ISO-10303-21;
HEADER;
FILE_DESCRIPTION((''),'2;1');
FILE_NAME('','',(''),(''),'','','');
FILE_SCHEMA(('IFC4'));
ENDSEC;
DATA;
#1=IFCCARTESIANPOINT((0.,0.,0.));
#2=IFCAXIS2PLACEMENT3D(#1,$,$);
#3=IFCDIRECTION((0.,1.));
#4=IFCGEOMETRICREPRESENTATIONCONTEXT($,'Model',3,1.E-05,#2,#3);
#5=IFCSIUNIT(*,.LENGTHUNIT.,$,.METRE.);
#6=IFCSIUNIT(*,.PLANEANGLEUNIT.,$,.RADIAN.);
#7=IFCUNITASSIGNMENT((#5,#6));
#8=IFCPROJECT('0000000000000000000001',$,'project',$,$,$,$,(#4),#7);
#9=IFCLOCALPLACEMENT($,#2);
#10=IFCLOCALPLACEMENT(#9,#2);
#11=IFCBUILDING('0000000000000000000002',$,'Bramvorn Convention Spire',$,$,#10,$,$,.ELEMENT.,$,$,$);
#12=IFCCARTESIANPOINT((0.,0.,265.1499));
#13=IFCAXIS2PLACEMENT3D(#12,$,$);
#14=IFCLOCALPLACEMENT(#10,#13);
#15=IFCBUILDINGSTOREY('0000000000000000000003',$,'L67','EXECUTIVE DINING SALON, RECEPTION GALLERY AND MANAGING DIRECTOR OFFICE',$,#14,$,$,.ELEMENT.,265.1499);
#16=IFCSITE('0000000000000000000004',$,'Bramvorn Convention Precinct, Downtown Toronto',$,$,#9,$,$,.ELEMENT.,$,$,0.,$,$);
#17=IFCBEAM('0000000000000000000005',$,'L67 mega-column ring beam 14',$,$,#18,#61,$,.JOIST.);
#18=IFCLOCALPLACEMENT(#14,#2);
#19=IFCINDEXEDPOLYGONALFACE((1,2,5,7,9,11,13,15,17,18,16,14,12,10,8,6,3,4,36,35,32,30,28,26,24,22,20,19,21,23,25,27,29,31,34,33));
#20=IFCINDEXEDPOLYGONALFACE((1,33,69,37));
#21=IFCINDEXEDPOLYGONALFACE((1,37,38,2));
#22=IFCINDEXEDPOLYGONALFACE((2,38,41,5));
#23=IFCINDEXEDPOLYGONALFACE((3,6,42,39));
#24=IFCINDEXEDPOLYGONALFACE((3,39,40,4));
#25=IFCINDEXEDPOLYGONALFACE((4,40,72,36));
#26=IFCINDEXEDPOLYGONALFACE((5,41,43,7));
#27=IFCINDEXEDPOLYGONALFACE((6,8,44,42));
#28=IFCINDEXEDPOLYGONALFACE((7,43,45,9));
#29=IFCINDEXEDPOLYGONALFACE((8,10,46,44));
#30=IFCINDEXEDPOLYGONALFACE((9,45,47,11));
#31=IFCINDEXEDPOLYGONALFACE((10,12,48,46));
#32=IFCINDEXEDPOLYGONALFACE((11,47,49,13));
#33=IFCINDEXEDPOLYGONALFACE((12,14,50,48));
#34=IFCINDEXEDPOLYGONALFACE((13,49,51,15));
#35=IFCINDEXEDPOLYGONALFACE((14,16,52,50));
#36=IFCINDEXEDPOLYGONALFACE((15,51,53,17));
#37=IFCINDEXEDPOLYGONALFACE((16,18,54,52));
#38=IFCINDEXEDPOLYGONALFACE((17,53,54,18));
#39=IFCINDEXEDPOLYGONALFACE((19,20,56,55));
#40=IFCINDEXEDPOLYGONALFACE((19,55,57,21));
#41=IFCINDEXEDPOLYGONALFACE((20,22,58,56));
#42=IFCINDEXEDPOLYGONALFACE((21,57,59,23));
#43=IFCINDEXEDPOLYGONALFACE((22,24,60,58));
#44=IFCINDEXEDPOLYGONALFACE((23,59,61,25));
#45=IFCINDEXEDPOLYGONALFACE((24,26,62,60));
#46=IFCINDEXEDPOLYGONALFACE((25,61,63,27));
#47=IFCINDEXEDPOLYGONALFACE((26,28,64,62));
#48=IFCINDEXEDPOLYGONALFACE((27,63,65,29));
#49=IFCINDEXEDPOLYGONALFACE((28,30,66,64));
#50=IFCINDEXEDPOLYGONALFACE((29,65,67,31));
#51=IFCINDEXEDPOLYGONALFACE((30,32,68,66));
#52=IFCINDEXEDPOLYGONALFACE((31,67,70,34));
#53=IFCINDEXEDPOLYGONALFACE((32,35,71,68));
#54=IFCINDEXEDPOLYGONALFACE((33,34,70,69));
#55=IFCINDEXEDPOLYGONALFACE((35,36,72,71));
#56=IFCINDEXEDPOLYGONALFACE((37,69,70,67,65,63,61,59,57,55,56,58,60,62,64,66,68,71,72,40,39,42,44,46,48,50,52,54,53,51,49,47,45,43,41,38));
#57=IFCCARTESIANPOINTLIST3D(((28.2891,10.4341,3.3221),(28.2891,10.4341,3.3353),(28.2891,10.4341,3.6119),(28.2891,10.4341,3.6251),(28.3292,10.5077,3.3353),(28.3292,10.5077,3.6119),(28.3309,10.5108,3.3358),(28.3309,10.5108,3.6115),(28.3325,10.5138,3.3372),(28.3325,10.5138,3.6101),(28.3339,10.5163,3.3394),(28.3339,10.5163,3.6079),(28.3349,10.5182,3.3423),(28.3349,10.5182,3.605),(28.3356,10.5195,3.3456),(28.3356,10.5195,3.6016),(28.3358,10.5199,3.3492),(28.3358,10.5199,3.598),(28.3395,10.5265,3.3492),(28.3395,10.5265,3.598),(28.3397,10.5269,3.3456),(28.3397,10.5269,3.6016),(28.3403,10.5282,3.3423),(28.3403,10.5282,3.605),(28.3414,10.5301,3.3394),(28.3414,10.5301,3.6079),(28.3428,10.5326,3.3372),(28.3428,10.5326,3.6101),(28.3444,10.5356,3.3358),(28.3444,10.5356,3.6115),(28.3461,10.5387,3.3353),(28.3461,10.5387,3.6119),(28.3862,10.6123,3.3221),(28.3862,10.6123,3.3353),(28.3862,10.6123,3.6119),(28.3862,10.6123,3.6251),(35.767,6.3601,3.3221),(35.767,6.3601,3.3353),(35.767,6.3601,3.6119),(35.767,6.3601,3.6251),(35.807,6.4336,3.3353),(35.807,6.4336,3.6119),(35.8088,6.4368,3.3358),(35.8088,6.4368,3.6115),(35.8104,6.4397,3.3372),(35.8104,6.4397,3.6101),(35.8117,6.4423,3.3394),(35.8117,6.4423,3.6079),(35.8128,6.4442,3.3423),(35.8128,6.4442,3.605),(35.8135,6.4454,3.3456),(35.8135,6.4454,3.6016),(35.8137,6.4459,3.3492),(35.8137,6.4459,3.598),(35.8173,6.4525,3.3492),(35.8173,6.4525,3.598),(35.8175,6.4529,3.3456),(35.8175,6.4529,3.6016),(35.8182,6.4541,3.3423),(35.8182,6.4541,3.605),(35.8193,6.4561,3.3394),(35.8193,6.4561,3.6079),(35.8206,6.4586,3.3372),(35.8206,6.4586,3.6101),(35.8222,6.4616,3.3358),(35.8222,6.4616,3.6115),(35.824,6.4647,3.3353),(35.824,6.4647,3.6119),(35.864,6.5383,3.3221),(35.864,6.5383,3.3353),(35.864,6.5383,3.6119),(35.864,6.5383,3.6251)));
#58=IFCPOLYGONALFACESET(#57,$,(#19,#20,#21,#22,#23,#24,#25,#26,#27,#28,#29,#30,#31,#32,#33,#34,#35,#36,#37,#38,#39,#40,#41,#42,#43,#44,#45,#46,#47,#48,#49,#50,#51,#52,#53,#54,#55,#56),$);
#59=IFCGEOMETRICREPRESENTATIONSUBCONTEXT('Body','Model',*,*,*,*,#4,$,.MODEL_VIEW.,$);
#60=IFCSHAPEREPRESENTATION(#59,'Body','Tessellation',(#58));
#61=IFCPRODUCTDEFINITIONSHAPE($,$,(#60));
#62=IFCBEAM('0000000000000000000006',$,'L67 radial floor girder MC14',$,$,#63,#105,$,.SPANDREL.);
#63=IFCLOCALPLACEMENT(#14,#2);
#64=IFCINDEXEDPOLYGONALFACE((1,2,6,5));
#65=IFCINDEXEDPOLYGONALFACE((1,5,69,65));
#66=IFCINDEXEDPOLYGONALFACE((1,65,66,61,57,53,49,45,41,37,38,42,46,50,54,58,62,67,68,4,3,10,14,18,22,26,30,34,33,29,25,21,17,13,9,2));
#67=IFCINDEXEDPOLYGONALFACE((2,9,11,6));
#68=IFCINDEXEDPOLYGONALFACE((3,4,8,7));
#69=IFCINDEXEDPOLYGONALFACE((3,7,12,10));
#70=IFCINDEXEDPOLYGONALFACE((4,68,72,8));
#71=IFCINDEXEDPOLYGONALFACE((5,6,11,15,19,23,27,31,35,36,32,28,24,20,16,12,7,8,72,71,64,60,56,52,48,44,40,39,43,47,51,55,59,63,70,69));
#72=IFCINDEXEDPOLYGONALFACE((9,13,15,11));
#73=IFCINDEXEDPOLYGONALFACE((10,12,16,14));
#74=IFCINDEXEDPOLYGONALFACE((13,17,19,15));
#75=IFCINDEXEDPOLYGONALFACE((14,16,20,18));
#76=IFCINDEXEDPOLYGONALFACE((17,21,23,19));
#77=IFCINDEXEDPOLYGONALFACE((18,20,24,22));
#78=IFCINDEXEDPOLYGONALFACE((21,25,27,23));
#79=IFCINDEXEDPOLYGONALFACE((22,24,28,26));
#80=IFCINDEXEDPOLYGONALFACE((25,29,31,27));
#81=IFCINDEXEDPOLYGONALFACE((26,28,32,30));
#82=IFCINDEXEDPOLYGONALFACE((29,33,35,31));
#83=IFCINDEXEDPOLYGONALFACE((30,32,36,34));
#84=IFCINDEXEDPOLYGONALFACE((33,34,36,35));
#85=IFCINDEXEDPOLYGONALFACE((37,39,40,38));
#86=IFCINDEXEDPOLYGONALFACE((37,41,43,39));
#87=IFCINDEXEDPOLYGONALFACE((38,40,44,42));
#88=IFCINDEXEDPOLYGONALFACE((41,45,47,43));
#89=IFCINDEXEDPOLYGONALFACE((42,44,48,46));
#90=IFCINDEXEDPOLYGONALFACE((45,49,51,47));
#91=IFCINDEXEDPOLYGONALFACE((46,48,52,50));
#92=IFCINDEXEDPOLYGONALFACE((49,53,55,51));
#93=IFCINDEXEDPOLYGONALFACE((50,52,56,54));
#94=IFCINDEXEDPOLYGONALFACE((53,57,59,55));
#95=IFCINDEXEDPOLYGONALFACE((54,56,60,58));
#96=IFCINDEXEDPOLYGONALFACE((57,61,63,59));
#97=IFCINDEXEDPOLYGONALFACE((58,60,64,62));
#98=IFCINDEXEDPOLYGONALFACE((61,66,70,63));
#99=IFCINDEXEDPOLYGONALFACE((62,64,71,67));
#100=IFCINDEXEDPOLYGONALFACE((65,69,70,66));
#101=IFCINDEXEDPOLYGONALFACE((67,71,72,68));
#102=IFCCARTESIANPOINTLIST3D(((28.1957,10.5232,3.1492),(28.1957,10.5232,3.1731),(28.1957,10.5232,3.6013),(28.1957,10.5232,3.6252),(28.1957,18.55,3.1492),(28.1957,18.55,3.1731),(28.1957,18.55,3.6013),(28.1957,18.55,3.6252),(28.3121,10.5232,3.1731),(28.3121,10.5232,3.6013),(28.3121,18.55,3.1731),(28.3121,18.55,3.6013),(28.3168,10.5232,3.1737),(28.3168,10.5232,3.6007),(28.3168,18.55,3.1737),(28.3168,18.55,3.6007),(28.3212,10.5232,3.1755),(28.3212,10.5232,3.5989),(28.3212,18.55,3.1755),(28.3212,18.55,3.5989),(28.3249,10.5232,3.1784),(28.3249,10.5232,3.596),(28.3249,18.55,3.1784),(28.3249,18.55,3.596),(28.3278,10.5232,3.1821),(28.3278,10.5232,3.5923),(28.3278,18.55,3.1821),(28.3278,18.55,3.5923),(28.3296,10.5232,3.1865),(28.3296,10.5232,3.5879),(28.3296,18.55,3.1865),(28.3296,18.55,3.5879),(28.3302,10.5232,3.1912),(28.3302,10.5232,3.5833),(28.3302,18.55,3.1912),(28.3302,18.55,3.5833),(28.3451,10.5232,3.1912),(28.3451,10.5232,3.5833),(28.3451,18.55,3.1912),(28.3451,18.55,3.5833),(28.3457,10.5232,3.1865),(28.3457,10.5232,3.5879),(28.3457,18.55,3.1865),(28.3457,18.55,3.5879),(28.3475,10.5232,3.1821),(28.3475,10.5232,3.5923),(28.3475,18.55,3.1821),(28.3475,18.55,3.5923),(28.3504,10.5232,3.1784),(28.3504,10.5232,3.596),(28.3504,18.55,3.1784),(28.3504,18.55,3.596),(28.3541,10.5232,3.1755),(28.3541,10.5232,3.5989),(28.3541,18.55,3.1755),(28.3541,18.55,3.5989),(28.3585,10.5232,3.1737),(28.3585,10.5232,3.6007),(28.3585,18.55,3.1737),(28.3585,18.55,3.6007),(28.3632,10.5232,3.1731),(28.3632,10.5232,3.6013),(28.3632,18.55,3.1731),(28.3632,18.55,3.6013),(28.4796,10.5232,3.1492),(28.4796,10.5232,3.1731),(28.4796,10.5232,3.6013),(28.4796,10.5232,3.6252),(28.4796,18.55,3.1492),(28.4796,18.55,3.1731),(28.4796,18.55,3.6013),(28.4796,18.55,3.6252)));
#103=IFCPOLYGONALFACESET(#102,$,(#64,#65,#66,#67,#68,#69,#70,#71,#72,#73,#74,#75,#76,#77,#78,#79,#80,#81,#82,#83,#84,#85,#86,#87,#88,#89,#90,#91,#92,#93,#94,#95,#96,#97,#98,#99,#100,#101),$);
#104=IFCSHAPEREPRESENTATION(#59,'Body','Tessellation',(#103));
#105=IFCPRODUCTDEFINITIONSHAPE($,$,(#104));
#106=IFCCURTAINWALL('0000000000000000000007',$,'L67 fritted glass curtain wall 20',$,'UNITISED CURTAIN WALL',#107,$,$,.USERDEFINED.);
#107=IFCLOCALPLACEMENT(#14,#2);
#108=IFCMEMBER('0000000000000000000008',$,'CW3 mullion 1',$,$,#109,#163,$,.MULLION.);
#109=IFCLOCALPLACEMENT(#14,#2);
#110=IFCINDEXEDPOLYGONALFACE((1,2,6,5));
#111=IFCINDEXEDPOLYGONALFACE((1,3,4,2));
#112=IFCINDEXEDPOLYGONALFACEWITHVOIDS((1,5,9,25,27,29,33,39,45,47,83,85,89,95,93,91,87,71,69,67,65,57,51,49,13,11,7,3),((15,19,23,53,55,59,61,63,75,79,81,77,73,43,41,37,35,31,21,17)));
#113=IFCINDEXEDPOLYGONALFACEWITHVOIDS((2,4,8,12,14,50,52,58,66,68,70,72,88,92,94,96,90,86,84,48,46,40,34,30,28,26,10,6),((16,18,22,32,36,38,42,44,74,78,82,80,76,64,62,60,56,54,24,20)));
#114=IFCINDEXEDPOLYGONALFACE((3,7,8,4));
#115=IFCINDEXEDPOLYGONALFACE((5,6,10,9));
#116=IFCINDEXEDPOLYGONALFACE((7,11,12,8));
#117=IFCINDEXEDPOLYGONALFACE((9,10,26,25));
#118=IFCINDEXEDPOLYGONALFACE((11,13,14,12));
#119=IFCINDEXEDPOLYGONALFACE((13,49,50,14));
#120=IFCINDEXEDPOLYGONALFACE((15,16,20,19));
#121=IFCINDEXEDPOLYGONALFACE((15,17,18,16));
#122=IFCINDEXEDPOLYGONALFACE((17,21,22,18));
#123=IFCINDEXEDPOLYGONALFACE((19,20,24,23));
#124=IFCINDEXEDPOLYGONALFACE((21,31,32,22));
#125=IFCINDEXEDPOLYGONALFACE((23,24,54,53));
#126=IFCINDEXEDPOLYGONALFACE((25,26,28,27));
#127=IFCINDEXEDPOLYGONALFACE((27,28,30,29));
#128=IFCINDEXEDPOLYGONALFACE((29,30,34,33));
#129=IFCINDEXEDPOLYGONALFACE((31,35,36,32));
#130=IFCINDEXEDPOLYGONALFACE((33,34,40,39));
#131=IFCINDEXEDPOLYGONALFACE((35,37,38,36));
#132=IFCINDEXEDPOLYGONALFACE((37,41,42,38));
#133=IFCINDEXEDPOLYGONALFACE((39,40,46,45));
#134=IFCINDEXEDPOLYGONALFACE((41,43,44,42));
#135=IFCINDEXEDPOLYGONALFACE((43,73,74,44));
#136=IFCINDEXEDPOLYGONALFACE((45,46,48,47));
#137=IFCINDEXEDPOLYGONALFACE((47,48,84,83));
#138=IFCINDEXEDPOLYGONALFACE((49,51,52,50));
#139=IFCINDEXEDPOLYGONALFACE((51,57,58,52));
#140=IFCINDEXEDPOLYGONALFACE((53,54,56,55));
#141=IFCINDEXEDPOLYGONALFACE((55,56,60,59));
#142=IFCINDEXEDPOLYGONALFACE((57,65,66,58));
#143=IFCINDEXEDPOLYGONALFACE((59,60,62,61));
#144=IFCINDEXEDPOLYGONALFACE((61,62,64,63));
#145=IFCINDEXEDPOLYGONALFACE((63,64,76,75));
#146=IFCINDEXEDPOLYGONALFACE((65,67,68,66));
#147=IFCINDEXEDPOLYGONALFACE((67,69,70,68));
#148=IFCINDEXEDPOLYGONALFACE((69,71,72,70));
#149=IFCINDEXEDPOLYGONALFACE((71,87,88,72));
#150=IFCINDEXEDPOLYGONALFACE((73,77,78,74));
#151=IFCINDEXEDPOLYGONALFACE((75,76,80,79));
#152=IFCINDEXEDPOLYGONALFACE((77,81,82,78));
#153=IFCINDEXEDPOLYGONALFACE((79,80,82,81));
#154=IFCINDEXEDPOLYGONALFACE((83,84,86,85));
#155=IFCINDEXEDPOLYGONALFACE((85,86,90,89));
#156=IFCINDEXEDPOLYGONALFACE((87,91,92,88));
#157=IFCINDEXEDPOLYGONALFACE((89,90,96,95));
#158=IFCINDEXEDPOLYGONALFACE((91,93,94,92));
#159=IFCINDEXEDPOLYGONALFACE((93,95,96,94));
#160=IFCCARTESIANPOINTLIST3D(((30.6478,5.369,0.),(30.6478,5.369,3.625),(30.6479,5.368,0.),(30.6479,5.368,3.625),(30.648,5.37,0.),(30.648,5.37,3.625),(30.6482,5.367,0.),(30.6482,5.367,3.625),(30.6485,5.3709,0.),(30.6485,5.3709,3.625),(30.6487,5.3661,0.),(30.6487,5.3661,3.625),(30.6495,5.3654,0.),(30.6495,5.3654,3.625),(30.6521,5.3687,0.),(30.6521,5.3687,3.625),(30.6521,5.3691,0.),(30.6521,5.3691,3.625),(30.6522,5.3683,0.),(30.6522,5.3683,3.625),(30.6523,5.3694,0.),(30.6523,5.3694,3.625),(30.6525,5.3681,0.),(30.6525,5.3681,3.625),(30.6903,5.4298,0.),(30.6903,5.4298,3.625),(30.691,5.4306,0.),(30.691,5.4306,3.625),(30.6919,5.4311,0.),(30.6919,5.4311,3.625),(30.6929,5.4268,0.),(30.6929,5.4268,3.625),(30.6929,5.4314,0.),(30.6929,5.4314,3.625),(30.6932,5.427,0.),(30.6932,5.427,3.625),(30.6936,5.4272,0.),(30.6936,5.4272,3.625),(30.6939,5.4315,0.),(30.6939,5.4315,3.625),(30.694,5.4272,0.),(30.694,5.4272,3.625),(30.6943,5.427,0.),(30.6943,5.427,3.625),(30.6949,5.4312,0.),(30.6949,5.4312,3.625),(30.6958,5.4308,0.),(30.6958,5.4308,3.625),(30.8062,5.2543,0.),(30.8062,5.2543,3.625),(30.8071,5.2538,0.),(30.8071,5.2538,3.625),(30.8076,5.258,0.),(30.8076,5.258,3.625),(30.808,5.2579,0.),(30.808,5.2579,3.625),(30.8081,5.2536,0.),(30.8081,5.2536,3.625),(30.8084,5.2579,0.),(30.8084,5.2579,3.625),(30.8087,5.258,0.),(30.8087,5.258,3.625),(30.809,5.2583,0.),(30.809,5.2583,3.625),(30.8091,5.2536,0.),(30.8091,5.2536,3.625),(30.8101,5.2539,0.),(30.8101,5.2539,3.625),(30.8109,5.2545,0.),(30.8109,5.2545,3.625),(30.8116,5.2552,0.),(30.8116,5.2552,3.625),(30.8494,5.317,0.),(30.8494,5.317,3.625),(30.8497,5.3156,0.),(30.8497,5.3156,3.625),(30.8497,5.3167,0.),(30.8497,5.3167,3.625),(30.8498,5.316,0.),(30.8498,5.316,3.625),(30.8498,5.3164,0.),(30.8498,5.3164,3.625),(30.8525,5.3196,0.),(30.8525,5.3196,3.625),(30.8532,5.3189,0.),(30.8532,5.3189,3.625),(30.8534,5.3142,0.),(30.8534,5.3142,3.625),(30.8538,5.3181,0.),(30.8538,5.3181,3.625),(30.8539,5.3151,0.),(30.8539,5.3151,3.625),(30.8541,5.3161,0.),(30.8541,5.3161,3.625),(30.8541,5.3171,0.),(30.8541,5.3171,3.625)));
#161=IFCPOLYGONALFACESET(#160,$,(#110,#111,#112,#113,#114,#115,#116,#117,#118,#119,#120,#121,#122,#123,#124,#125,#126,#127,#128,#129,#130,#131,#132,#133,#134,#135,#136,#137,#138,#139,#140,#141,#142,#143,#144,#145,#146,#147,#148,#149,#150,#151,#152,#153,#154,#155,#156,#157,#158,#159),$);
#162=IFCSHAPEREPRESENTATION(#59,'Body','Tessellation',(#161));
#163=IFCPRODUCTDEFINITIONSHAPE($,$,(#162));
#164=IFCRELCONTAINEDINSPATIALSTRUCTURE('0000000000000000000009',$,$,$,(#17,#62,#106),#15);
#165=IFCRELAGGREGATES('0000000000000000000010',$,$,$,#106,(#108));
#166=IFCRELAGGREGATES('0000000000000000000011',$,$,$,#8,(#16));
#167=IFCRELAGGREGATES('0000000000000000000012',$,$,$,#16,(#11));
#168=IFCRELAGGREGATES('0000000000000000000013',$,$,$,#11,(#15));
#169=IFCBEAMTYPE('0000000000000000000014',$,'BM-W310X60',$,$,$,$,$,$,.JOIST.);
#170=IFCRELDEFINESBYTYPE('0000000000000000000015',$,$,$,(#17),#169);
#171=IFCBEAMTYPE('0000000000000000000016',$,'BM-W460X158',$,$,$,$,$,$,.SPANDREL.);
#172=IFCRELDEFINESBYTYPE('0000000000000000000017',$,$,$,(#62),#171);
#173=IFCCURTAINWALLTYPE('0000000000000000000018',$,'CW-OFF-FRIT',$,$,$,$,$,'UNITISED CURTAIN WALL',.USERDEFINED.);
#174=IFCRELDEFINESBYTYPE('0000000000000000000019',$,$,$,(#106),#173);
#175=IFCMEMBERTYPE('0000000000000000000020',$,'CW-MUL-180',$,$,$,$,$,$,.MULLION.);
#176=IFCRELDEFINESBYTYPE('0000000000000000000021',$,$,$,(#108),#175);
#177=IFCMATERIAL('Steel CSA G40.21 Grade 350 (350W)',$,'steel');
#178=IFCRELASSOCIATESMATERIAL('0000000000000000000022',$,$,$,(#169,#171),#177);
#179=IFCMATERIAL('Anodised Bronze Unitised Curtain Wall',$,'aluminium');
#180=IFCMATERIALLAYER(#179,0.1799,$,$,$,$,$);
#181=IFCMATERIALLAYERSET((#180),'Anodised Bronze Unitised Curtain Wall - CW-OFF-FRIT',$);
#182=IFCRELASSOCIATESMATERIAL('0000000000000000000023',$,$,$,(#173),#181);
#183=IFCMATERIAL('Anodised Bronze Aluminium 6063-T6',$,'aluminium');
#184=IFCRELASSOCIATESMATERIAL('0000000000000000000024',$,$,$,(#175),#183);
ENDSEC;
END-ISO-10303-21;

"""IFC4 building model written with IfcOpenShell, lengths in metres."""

from ifc_helpers import new_model, si_unit, direction, frame, origin, origin_2d, place, context, subcontext, project, spatial, hollow_rectangle, i_section, extrude, material, layer, layer_set, material_profile, profile_set, type_object, element, aggregate, save


model = new_model("IFC4")

# Units and contexts
model_context = context("Model", 3, precision=1e-05, world=origin(), true_north=direction((0.0, 1.0)))
body_context = subcontext(model_context, "Body", "Model", "MODEL_VIEW")
ifc_project = project(units=[si_unit("LENGTHUNIT", "METRE"), si_unit("PLANEANGLEUNIT", "RADIAN")], contexts=[model_context])

# Site, building, storey
site_placement = place(None, origin())
site = spatial("IfcSite", under=ifc_project, at=site_placement, Name="Bramvorn Convention Precinct, Downtown Toronto", CompositionType="ELEMENT", RefElevation=0.0)
building_placement = place(site_placement, origin())
building = spatial("IfcBuilding", under=site, at=building_placement, Name="Bramvorn Convention Spire", CompositionType="ELEMENT")
storey_placement = place(building_placement, frame((0.0, 0.0, 265.1499)))
storey = spatial("IfcBuildingStorey", under=building, at=storey_placement, Name="L67", Description="EXECUTIVE DINING SALON, RECEPTION GALLERY AND MANAGING DIRECTOR OFFICE", CompositionType="ELEMENT", Elevation=265.1499)

# Shared definitions
ifc_material_1 = material(Name="Steel CSA G40.21 Grade 350 (350W)", Category="steel")

# Beams
ifc_material_profile_1 = material_profile(ifc_material_1, i_section(OverallWidth=0.2029, OverallDepth=0.303, WebThickness=0.0076, FlangeThickness=0.0132, FilletRadius=0.0139, at=origin_2d()))
ifc_profile_set_1 = profile_set([ifc_material_profile_1], Name="Steel CSA G40.21 Grade 350 (350W) - W310X60")
beam_type_1 = type_object("IfcBeamType", Name="BM-W310X60", PredefinedType="JOIST", material=ifc_profile_set_1)
beam_1_placement = place(storey_placement, frame((28.3376, 10.5232, 3.4736), z_axis=(0.878133, -0.478416, 0.0), x_axis=(0.478416, 0.878133, 0.0)))
element("IfcBeam", 1, at=beam_1_placement, inside=storey, type_object=beam_type_1, Name="L67 mega-column ring beam 14", PredefinedType="JOIST", context=body_context, shape_type="SweptSolid", body=[
    extrude(i_section(OverallWidth=0.2029, OverallDepth=0.303, WebThickness=0.0076, FlangeThickness=0.0132, FilletRadius=0.0139, at=origin_2d()), origin(), (0.0, 0.0, 1.0), 8.5156),
])
ifc_material_profile_2 = material_profile(ifc_material_1, i_section(OverallWidth=0.2839, OverallDepth=0.4761, WebThickness=0.0149, FlangeThickness=0.0239, FilletRadius=0.0181, at=origin_2d()))
ifc_profile_set_2 = profile_set([ifc_material_profile_2], Name="Steel CSA G40.21 Grade 350 (350W) - W460X158")
beam_type_2 = type_object("IfcBeamType", Name="BM-W460X158", PredefinedType="SPANDREL", material=ifc_profile_set_2)
beam_2_placement = place(storey_placement, frame((28.3376, 18.55, 3.3872), z_axis=(0.0, -1.0, 0.0), x_axis=(1.0, 0.0, 0.0)))
element("IfcBeam", 2, at=beam_2_placement, inside=storey, type_object=beam_type_2, Name="L67 radial floor girder MC14", PredefinedType="SPANDREL", context=body_context, shape_type="SweptSolid", body=[
    extrude(i_section(OverallWidth=0.2839, OverallDepth=0.4761, WebThickness=0.0149, FlangeThickness=0.0239, FilletRadius=0.0181, at=origin_2d()), origin(), (0.0, 0.0, 1.0), 8.0269),
])

# Curtain wall, member
ifc_material_2 = material(Name="Anodised Bronze Unitised Curtain Wall", Category="aluminium")
ifc_layer_1 = layer(ifc_material_2, 0.1799)
ifc_layer_set_1 = layer_set([ifc_layer_1], Name="Anodised Bronze Unitised Curtain Wall - CW-OFF-FRIT")
curtain_wall_type = type_object("IfcCurtainWallType", Name="CW-OFF-FRIT", ElementType="UNITISED CURTAIN WALL", PredefinedType="USERDEFINED", material=ifc_layer_set_1)
curtain_wall_placement = place(storey_placement, origin())
curtain_wall = element("IfcCurtainWall", 3, at=curtain_wall_placement, inside=storey, type_object=curtain_wall_type, Name="L67 fritted glass curtain wall 20", ObjectType="UNITISED CURTAIN WALL", PredefinedType="USERDEFINED")
ifc_material_3 = material(Name="Anodised Bronze Aluminium 6063-T6", Category="aluminium")
ifc_material_profile_3 = material_profile(ifc_material_3, hollow_rectangle(XDim=0.0801, YDim=0.2, WallThickness=0.0039, InnerFilletRadius=0.001, OuterFilletRadius=0.0039, at=origin_2d()))
ifc_profile_set_3 = profile_set([ifc_material_profile_3], Name="Anodised Bronze Aluminium 6063-T6 - CWM80X200")
member_type_1 = type_object("IfcMemberType", Name="CW-MUL-180", PredefinedType="MULLION", material=ifc_profile_set_3)
member_1_placement = place(storey_placement, frame((30.751, 5.3425, 0.0), z_axis=(0.0, 0.0, 1.0), x_axis=(-0.578472, -0.815702, 0.0)))
member_1 = element("IfcMember", 4, at=member_1_placement, type_object=member_type_1, Name="CW3 mullion 1", PredefinedType="MULLION", context=body_context, shape_type="SweptSolid", body=[
    extrude(hollow_rectangle(XDim=0.0801, YDim=0.2, WallThickness=0.0039, InnerFilletRadius=0.001, OuterFilletRadius=0.0039, at=origin_2d()), origin(), (0.0, 0.0, 1.0), 3.625),
])
aggregate(curtain_wall, [member_1])

save(model, "model.ifc")
